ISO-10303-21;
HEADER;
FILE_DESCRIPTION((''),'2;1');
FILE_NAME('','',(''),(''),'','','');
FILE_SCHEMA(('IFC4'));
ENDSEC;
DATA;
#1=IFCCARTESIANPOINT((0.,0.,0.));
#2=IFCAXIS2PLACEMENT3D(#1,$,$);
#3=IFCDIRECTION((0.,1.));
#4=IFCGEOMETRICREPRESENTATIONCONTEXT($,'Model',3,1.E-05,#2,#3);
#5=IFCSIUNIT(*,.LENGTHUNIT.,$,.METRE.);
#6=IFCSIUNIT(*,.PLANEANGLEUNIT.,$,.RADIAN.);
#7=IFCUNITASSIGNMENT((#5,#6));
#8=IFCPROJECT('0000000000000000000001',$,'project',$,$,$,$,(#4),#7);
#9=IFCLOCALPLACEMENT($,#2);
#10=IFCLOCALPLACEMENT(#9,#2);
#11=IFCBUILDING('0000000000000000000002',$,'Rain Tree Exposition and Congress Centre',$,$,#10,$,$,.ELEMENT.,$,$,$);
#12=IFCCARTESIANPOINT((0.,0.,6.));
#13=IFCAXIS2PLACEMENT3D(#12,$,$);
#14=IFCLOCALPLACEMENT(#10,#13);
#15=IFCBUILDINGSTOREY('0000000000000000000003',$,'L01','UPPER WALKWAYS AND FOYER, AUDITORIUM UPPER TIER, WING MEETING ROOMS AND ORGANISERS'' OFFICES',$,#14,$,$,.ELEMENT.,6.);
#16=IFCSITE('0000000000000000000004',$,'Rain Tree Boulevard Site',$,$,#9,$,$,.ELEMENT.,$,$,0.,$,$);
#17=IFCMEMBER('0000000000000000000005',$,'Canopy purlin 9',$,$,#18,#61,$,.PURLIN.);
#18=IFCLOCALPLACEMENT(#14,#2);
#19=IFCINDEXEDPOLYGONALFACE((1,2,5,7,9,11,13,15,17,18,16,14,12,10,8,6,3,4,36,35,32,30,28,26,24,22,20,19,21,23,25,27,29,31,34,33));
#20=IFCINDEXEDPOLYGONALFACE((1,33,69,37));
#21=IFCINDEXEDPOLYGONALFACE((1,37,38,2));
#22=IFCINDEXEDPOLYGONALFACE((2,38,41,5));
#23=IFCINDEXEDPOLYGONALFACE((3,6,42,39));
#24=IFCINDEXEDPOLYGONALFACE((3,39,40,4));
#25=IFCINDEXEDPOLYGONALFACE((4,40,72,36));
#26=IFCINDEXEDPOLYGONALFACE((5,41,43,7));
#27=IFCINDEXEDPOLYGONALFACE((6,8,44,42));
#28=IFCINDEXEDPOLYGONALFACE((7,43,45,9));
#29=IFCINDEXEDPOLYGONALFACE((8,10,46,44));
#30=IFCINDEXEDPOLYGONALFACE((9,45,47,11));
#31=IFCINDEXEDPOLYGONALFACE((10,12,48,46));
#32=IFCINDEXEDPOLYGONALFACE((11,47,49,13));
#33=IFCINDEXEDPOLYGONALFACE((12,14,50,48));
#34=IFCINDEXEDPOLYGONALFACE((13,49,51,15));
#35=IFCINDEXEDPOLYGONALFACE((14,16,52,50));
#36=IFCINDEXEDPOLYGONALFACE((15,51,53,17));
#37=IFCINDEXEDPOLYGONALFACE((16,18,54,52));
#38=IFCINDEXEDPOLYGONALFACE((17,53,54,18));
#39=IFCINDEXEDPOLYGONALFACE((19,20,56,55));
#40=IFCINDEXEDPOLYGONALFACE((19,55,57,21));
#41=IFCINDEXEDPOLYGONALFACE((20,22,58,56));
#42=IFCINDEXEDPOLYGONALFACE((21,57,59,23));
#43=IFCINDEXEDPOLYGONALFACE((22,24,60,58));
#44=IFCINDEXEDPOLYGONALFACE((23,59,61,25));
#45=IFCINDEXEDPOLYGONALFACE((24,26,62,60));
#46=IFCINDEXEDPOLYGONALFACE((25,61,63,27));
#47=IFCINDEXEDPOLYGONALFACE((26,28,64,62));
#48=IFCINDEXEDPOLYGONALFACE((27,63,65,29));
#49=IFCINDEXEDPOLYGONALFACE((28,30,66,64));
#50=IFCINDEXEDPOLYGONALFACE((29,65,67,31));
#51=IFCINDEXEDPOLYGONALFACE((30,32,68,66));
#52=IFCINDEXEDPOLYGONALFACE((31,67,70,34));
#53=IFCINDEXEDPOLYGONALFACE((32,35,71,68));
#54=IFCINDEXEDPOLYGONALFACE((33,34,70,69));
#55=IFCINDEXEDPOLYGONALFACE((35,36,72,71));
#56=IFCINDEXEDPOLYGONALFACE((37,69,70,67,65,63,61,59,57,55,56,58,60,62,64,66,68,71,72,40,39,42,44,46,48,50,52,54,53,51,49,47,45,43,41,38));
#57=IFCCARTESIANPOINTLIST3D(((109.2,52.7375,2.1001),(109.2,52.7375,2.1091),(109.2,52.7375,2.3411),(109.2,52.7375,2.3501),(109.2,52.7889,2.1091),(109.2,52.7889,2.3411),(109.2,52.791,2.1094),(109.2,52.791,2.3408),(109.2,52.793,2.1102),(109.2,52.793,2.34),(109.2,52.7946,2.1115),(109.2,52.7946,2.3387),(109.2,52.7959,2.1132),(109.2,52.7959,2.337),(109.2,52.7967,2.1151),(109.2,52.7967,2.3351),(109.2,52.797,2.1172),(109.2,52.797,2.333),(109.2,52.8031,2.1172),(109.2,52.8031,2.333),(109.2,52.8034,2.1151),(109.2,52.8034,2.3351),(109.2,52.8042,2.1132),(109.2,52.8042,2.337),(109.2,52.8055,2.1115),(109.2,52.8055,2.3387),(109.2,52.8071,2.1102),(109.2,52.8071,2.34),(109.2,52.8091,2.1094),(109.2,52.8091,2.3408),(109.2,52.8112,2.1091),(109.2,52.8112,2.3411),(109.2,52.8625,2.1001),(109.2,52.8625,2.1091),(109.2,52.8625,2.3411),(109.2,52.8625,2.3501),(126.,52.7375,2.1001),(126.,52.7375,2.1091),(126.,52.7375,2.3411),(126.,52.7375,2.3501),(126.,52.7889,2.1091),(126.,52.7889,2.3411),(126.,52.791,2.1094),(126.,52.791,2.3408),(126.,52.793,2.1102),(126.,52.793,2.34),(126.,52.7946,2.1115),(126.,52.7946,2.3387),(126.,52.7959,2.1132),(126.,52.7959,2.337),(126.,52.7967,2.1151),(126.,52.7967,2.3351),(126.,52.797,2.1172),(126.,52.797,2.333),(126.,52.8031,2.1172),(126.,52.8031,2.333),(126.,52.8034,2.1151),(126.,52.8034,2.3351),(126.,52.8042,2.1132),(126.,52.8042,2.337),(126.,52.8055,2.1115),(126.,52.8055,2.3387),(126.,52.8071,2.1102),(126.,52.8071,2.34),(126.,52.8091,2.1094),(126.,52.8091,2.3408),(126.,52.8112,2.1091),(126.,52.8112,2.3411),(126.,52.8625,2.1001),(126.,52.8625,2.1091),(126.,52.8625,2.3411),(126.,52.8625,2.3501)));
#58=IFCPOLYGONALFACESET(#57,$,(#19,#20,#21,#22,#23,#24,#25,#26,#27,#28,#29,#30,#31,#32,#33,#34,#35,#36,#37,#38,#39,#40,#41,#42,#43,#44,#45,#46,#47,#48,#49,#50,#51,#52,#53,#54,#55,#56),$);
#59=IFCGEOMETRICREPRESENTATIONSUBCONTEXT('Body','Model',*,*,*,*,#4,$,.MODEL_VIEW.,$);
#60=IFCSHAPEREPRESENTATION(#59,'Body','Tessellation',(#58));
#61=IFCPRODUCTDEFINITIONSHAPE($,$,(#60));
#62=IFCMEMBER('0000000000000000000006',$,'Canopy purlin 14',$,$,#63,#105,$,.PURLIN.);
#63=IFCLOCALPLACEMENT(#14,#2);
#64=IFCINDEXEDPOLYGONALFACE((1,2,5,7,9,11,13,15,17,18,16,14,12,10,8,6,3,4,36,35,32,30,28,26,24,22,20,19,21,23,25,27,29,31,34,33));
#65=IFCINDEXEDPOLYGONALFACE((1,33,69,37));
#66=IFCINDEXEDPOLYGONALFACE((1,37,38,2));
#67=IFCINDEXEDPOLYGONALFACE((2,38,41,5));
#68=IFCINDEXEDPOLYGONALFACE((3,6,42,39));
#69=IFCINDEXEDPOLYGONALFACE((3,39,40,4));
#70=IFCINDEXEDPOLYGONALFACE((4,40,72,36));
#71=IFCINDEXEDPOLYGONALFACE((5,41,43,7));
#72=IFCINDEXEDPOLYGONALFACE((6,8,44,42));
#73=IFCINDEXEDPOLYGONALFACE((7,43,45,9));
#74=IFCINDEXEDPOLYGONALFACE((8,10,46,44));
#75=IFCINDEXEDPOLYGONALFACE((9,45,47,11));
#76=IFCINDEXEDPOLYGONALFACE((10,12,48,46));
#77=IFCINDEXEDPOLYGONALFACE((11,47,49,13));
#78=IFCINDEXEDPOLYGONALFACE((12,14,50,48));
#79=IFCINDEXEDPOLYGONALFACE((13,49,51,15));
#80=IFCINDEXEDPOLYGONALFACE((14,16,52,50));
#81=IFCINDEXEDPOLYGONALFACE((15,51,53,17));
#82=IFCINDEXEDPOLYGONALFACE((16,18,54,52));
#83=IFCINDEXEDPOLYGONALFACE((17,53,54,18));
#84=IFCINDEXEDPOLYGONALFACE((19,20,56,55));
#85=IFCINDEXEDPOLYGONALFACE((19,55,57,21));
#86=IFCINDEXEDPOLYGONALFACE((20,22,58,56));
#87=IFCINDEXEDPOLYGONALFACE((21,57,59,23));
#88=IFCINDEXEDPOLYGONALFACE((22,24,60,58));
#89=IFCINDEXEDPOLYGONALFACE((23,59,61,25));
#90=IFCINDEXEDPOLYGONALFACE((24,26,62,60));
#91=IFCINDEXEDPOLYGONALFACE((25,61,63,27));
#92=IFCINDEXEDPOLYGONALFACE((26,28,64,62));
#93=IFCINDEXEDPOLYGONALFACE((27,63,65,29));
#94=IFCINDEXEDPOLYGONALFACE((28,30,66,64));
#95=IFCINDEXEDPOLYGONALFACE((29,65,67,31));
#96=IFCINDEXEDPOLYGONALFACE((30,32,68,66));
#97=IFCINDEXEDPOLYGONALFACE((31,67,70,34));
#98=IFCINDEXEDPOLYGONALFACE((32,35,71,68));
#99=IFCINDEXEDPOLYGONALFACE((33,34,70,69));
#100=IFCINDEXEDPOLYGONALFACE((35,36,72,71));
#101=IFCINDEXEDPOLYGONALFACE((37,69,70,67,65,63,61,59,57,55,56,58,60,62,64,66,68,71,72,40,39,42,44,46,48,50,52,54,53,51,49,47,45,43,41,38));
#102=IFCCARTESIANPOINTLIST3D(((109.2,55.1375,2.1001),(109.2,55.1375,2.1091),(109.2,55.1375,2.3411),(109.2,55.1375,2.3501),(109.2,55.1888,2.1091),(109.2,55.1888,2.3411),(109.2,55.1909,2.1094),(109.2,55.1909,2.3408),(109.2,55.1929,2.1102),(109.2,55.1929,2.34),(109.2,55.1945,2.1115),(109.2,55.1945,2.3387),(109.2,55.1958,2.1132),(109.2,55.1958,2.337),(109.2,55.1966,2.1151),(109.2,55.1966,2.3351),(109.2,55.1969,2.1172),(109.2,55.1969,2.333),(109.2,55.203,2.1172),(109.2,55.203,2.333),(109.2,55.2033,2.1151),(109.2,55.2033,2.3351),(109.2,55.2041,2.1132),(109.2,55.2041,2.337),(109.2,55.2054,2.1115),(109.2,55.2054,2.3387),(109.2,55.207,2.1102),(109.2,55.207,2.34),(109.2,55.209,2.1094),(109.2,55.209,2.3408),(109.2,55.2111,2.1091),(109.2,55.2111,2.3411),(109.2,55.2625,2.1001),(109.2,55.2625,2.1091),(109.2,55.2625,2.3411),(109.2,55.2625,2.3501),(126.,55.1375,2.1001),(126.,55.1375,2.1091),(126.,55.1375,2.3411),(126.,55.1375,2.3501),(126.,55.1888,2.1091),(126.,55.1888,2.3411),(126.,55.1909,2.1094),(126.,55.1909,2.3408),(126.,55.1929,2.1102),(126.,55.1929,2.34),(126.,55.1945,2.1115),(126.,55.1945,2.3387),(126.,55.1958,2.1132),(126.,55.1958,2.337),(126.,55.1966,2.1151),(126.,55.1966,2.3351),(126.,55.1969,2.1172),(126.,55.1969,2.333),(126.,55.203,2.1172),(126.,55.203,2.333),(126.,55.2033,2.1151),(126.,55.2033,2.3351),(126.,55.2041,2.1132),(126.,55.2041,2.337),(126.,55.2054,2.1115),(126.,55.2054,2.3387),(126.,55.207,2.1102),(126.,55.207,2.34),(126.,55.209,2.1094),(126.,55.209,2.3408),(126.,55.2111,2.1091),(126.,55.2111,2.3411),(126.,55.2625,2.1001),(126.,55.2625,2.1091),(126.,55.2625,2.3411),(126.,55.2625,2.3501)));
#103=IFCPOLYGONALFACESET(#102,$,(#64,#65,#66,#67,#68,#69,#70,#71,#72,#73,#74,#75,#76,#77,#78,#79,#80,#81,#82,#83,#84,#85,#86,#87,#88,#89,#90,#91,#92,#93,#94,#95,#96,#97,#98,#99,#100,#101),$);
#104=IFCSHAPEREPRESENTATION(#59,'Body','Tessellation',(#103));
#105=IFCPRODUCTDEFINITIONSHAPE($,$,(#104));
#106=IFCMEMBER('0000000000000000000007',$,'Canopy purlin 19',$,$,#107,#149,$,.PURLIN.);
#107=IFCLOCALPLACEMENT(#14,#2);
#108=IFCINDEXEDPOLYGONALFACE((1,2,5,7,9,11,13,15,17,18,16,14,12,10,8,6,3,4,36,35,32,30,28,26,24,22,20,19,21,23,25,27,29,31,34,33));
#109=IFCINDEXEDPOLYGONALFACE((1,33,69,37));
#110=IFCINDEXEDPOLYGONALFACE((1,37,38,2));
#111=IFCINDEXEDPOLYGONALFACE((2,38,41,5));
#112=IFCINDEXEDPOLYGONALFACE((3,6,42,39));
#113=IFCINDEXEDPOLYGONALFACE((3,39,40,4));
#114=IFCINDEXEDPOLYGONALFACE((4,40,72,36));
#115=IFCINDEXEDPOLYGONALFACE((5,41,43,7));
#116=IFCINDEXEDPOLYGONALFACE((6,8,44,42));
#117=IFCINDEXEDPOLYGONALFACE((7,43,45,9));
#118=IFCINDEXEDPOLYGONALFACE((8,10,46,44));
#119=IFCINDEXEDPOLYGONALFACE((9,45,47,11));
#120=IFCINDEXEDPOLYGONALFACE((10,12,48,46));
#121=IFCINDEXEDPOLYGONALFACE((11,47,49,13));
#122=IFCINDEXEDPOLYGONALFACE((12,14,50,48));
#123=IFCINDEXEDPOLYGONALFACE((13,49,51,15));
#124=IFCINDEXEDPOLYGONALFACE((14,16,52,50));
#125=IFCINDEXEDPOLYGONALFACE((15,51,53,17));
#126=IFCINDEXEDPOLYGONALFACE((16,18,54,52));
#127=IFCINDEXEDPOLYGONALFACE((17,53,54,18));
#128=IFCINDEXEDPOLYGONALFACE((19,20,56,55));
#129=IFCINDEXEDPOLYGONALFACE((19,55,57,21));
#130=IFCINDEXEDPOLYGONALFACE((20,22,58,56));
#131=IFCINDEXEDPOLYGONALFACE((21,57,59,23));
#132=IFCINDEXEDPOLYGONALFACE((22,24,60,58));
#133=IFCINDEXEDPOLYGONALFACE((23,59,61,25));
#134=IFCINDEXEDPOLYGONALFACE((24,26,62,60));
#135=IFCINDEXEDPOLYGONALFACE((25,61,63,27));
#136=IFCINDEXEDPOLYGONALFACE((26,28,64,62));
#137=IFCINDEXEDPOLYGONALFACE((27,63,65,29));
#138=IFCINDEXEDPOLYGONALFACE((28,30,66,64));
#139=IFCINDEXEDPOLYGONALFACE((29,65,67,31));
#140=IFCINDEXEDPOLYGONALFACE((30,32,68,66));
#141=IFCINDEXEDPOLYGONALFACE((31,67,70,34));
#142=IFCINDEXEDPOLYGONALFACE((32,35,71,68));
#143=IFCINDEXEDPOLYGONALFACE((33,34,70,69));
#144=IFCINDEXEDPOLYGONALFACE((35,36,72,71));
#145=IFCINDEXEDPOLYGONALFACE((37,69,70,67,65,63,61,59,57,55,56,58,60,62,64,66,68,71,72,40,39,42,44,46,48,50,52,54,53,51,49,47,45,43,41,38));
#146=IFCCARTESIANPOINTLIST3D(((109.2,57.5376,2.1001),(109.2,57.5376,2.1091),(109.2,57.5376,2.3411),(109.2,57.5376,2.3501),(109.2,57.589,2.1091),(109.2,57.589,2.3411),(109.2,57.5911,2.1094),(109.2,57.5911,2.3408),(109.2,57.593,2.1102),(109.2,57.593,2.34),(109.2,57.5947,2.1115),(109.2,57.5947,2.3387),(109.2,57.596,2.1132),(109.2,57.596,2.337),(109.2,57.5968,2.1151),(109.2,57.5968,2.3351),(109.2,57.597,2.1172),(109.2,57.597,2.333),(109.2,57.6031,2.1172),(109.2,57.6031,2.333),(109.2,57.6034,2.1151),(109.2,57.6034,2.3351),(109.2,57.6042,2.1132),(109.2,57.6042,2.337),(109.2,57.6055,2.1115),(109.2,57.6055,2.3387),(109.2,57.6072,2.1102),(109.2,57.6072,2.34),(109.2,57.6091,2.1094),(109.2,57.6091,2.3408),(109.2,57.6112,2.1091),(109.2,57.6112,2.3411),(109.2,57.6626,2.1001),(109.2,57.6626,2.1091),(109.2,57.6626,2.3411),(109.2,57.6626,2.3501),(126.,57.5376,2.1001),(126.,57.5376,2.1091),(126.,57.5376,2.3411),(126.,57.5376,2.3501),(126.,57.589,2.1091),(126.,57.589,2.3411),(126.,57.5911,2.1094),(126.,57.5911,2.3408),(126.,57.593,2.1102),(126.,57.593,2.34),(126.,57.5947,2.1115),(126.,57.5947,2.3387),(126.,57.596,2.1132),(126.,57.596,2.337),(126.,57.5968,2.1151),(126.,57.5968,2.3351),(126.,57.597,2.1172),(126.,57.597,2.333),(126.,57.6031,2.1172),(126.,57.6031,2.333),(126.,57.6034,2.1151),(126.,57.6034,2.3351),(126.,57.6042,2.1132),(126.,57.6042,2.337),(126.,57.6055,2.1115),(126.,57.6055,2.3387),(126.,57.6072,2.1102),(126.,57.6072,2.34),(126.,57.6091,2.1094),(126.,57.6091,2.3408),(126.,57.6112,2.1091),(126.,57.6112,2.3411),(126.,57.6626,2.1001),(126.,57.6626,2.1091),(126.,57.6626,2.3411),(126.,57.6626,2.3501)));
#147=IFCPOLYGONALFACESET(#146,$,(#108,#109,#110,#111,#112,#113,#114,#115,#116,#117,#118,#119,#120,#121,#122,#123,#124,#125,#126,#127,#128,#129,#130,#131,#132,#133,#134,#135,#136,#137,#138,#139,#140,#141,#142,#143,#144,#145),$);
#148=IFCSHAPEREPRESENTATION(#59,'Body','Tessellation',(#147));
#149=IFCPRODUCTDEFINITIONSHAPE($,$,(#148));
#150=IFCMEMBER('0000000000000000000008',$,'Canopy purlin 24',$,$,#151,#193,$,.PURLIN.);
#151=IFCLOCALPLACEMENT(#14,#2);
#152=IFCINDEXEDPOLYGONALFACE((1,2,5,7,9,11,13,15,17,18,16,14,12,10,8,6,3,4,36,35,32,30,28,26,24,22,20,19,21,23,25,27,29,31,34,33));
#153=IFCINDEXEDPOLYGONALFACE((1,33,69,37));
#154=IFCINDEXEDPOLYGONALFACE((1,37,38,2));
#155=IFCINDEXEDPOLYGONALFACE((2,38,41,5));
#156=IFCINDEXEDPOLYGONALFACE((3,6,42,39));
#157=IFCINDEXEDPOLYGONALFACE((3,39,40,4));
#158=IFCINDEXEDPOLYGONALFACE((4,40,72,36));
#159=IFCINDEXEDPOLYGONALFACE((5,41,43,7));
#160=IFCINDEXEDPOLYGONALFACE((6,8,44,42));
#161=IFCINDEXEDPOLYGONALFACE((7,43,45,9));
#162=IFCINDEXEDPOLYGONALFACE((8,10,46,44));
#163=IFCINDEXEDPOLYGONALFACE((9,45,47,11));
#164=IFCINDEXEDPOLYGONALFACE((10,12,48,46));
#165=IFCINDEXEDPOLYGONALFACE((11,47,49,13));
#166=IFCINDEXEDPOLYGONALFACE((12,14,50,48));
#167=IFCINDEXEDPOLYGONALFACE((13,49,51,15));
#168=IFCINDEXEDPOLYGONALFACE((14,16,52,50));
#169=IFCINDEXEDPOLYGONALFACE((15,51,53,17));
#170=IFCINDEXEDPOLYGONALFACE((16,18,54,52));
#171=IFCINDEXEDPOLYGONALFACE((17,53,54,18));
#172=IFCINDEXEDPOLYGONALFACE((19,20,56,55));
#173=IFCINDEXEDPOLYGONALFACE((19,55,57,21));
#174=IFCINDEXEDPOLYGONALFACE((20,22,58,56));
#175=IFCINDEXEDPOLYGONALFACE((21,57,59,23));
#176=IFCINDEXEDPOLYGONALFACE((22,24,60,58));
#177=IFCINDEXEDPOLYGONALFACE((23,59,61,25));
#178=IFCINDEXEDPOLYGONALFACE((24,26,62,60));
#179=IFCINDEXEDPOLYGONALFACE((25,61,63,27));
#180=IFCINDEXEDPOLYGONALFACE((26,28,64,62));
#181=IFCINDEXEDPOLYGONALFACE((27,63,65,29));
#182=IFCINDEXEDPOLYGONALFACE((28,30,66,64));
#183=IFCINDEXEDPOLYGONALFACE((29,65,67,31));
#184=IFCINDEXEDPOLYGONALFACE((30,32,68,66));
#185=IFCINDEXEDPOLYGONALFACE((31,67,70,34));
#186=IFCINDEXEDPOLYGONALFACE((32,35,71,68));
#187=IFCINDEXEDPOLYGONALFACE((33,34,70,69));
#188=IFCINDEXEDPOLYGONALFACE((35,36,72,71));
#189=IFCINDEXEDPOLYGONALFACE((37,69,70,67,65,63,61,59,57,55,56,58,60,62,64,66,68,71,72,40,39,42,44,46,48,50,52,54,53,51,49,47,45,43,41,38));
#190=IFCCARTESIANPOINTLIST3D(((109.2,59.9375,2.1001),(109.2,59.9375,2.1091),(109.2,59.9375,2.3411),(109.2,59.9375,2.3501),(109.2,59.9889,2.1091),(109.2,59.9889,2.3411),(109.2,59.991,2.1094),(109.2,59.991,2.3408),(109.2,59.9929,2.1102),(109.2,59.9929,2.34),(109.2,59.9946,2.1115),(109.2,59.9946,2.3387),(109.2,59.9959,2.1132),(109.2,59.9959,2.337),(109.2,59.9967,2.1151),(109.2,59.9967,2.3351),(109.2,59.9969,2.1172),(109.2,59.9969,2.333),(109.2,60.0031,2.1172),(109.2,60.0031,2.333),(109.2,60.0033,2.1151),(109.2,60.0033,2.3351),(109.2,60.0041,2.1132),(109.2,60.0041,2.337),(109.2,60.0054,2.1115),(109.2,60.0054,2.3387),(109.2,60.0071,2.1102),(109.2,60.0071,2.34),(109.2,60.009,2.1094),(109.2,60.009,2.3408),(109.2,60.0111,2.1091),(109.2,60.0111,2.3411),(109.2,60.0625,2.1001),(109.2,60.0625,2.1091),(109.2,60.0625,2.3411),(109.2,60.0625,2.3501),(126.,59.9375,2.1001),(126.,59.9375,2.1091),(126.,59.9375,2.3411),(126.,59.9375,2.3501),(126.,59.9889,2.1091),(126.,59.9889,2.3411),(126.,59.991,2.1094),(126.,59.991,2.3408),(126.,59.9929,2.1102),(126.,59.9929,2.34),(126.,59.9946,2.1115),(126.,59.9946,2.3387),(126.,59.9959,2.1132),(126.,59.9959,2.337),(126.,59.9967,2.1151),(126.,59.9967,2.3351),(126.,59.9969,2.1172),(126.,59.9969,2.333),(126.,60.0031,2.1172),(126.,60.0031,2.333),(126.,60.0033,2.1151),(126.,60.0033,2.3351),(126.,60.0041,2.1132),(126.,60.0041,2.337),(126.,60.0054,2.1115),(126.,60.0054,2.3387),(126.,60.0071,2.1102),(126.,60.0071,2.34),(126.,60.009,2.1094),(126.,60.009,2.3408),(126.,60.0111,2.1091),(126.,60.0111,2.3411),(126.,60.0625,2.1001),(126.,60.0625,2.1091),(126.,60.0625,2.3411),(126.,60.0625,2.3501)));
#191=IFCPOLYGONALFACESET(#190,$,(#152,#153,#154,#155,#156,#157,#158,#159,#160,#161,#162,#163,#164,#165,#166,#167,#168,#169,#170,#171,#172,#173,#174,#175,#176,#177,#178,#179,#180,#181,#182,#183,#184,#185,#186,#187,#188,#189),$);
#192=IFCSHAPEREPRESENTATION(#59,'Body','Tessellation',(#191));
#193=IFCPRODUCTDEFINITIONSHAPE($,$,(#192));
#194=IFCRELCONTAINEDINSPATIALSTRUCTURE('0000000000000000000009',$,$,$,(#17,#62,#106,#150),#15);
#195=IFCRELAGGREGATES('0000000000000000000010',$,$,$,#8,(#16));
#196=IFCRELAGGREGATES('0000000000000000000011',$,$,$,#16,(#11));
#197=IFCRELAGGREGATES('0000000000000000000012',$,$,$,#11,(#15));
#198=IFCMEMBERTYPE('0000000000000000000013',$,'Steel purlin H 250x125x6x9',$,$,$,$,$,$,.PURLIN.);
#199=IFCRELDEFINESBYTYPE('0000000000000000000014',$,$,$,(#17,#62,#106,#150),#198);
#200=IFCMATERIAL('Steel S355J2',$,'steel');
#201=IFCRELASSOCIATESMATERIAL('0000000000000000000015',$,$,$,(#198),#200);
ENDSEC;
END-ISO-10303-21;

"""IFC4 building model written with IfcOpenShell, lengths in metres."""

from ifc_helpers import new_model, si_unit, direction, frame, origin, origin_2d, place, context, subcontext, project, spatial, i_section, extrude, material, material_profile, profile_set, type_object, element, save


model = new_model("IFC4")

# Units and contexts
model_context = context("Model", 3, precision=1e-05, world=origin(), true_north=direction((0.0, 1.0)))
body_context = subcontext(model_context, "Body", "Model", "MODEL_VIEW")
ifc_project = project(units=[si_unit("LENGTHUNIT", "METRE"), si_unit("PLANEANGLEUNIT", "RADIAN")], contexts=[model_context])

# Site, building, storey
site_placement = place(None, origin())
site = spatial("IfcSite", under=ifc_project, at=site_placement, Name="Rain Tree Boulevard Site", CompositionType="ELEMENT", RefElevation=0.0)
building_placement = place(site_placement, origin())
building = spatial("IfcBuilding", under=site, at=building_placement, Name="Rain Tree Exposition and Congress Centre", CompositionType="ELEMENT")
storey_placement = place(building_placement, frame((0.0, 0.0, 6.0)))
storey = spatial("IfcBuildingStorey", under=building, at=storey_placement, Name="L01", Description="UPPER WALKWAYS AND FOYER, AUDITORIUM UPPER TIER, WING MEETING ROOMS AND ORGANISERS' OFFICES", CompositionType="ELEMENT", Elevation=6.0)

# Members
ifc_material_1 = material(Name="Steel S355J2", Category="steel")
ifc_material_profile = material_profile(ifc_material_1, i_section(OverallWidth=0.125, OverallDepth=0.25, WebThickness=0.0061, FlangeThickness=0.009, FilletRadius=0.0081, at=origin_2d()), Name="H 250x125x6x9")
ifc_profile_set = profile_set([ifc_material_profile], Name="Steel S355J2")
member_type = type_object("IfcMemberType", Name="Steel purlin H 250x125x6x9", PredefinedType="PURLIN", material=ifc_profile_set)
for number, where, z_axis, x_axis, name in (
    (1, (109.2, 52.8, 2.2251), (1.0, 0.0, 0.0), (0.0, 1.0, 0.0), "Canopy purlin 9"),
    (2, (109.2, 55.2, 2.2251), (1.0, 0.0, 0.0), (0.0, 1.0, 0.0), "Canopy purlin 14"),
    (3, (109.2, 57.6001, 2.2251), (1.0, 0.0, 0.0), (0.0, 1.0, 0.0), "Canopy purlin 19"),
    (4, (109.2, 60.0, 2.2251), (1.0, 0.0, 0.0), (0.0, 1.0, 0.0), "Canopy purlin 24"),
):
    element("IfcMember", number, at=place(storey_placement, frame(where, z_axis=z_axis, x_axis=x_axis)), inside=storey, type_object=member_type, Name=name, PredefinedType="PURLIN", context=body_context, shape_type="SweptSolid", body=[
        extrude(i_section(OverallWidth=0.125, OverallDepth=0.25, WebThickness=0.0061, FlangeThickness=0.009, FilletRadius=0.0081, at=origin_2d()), origin(), (0.0, 0.0, 1.0), 16.8),
    ])

save(model, "model.ifc")
